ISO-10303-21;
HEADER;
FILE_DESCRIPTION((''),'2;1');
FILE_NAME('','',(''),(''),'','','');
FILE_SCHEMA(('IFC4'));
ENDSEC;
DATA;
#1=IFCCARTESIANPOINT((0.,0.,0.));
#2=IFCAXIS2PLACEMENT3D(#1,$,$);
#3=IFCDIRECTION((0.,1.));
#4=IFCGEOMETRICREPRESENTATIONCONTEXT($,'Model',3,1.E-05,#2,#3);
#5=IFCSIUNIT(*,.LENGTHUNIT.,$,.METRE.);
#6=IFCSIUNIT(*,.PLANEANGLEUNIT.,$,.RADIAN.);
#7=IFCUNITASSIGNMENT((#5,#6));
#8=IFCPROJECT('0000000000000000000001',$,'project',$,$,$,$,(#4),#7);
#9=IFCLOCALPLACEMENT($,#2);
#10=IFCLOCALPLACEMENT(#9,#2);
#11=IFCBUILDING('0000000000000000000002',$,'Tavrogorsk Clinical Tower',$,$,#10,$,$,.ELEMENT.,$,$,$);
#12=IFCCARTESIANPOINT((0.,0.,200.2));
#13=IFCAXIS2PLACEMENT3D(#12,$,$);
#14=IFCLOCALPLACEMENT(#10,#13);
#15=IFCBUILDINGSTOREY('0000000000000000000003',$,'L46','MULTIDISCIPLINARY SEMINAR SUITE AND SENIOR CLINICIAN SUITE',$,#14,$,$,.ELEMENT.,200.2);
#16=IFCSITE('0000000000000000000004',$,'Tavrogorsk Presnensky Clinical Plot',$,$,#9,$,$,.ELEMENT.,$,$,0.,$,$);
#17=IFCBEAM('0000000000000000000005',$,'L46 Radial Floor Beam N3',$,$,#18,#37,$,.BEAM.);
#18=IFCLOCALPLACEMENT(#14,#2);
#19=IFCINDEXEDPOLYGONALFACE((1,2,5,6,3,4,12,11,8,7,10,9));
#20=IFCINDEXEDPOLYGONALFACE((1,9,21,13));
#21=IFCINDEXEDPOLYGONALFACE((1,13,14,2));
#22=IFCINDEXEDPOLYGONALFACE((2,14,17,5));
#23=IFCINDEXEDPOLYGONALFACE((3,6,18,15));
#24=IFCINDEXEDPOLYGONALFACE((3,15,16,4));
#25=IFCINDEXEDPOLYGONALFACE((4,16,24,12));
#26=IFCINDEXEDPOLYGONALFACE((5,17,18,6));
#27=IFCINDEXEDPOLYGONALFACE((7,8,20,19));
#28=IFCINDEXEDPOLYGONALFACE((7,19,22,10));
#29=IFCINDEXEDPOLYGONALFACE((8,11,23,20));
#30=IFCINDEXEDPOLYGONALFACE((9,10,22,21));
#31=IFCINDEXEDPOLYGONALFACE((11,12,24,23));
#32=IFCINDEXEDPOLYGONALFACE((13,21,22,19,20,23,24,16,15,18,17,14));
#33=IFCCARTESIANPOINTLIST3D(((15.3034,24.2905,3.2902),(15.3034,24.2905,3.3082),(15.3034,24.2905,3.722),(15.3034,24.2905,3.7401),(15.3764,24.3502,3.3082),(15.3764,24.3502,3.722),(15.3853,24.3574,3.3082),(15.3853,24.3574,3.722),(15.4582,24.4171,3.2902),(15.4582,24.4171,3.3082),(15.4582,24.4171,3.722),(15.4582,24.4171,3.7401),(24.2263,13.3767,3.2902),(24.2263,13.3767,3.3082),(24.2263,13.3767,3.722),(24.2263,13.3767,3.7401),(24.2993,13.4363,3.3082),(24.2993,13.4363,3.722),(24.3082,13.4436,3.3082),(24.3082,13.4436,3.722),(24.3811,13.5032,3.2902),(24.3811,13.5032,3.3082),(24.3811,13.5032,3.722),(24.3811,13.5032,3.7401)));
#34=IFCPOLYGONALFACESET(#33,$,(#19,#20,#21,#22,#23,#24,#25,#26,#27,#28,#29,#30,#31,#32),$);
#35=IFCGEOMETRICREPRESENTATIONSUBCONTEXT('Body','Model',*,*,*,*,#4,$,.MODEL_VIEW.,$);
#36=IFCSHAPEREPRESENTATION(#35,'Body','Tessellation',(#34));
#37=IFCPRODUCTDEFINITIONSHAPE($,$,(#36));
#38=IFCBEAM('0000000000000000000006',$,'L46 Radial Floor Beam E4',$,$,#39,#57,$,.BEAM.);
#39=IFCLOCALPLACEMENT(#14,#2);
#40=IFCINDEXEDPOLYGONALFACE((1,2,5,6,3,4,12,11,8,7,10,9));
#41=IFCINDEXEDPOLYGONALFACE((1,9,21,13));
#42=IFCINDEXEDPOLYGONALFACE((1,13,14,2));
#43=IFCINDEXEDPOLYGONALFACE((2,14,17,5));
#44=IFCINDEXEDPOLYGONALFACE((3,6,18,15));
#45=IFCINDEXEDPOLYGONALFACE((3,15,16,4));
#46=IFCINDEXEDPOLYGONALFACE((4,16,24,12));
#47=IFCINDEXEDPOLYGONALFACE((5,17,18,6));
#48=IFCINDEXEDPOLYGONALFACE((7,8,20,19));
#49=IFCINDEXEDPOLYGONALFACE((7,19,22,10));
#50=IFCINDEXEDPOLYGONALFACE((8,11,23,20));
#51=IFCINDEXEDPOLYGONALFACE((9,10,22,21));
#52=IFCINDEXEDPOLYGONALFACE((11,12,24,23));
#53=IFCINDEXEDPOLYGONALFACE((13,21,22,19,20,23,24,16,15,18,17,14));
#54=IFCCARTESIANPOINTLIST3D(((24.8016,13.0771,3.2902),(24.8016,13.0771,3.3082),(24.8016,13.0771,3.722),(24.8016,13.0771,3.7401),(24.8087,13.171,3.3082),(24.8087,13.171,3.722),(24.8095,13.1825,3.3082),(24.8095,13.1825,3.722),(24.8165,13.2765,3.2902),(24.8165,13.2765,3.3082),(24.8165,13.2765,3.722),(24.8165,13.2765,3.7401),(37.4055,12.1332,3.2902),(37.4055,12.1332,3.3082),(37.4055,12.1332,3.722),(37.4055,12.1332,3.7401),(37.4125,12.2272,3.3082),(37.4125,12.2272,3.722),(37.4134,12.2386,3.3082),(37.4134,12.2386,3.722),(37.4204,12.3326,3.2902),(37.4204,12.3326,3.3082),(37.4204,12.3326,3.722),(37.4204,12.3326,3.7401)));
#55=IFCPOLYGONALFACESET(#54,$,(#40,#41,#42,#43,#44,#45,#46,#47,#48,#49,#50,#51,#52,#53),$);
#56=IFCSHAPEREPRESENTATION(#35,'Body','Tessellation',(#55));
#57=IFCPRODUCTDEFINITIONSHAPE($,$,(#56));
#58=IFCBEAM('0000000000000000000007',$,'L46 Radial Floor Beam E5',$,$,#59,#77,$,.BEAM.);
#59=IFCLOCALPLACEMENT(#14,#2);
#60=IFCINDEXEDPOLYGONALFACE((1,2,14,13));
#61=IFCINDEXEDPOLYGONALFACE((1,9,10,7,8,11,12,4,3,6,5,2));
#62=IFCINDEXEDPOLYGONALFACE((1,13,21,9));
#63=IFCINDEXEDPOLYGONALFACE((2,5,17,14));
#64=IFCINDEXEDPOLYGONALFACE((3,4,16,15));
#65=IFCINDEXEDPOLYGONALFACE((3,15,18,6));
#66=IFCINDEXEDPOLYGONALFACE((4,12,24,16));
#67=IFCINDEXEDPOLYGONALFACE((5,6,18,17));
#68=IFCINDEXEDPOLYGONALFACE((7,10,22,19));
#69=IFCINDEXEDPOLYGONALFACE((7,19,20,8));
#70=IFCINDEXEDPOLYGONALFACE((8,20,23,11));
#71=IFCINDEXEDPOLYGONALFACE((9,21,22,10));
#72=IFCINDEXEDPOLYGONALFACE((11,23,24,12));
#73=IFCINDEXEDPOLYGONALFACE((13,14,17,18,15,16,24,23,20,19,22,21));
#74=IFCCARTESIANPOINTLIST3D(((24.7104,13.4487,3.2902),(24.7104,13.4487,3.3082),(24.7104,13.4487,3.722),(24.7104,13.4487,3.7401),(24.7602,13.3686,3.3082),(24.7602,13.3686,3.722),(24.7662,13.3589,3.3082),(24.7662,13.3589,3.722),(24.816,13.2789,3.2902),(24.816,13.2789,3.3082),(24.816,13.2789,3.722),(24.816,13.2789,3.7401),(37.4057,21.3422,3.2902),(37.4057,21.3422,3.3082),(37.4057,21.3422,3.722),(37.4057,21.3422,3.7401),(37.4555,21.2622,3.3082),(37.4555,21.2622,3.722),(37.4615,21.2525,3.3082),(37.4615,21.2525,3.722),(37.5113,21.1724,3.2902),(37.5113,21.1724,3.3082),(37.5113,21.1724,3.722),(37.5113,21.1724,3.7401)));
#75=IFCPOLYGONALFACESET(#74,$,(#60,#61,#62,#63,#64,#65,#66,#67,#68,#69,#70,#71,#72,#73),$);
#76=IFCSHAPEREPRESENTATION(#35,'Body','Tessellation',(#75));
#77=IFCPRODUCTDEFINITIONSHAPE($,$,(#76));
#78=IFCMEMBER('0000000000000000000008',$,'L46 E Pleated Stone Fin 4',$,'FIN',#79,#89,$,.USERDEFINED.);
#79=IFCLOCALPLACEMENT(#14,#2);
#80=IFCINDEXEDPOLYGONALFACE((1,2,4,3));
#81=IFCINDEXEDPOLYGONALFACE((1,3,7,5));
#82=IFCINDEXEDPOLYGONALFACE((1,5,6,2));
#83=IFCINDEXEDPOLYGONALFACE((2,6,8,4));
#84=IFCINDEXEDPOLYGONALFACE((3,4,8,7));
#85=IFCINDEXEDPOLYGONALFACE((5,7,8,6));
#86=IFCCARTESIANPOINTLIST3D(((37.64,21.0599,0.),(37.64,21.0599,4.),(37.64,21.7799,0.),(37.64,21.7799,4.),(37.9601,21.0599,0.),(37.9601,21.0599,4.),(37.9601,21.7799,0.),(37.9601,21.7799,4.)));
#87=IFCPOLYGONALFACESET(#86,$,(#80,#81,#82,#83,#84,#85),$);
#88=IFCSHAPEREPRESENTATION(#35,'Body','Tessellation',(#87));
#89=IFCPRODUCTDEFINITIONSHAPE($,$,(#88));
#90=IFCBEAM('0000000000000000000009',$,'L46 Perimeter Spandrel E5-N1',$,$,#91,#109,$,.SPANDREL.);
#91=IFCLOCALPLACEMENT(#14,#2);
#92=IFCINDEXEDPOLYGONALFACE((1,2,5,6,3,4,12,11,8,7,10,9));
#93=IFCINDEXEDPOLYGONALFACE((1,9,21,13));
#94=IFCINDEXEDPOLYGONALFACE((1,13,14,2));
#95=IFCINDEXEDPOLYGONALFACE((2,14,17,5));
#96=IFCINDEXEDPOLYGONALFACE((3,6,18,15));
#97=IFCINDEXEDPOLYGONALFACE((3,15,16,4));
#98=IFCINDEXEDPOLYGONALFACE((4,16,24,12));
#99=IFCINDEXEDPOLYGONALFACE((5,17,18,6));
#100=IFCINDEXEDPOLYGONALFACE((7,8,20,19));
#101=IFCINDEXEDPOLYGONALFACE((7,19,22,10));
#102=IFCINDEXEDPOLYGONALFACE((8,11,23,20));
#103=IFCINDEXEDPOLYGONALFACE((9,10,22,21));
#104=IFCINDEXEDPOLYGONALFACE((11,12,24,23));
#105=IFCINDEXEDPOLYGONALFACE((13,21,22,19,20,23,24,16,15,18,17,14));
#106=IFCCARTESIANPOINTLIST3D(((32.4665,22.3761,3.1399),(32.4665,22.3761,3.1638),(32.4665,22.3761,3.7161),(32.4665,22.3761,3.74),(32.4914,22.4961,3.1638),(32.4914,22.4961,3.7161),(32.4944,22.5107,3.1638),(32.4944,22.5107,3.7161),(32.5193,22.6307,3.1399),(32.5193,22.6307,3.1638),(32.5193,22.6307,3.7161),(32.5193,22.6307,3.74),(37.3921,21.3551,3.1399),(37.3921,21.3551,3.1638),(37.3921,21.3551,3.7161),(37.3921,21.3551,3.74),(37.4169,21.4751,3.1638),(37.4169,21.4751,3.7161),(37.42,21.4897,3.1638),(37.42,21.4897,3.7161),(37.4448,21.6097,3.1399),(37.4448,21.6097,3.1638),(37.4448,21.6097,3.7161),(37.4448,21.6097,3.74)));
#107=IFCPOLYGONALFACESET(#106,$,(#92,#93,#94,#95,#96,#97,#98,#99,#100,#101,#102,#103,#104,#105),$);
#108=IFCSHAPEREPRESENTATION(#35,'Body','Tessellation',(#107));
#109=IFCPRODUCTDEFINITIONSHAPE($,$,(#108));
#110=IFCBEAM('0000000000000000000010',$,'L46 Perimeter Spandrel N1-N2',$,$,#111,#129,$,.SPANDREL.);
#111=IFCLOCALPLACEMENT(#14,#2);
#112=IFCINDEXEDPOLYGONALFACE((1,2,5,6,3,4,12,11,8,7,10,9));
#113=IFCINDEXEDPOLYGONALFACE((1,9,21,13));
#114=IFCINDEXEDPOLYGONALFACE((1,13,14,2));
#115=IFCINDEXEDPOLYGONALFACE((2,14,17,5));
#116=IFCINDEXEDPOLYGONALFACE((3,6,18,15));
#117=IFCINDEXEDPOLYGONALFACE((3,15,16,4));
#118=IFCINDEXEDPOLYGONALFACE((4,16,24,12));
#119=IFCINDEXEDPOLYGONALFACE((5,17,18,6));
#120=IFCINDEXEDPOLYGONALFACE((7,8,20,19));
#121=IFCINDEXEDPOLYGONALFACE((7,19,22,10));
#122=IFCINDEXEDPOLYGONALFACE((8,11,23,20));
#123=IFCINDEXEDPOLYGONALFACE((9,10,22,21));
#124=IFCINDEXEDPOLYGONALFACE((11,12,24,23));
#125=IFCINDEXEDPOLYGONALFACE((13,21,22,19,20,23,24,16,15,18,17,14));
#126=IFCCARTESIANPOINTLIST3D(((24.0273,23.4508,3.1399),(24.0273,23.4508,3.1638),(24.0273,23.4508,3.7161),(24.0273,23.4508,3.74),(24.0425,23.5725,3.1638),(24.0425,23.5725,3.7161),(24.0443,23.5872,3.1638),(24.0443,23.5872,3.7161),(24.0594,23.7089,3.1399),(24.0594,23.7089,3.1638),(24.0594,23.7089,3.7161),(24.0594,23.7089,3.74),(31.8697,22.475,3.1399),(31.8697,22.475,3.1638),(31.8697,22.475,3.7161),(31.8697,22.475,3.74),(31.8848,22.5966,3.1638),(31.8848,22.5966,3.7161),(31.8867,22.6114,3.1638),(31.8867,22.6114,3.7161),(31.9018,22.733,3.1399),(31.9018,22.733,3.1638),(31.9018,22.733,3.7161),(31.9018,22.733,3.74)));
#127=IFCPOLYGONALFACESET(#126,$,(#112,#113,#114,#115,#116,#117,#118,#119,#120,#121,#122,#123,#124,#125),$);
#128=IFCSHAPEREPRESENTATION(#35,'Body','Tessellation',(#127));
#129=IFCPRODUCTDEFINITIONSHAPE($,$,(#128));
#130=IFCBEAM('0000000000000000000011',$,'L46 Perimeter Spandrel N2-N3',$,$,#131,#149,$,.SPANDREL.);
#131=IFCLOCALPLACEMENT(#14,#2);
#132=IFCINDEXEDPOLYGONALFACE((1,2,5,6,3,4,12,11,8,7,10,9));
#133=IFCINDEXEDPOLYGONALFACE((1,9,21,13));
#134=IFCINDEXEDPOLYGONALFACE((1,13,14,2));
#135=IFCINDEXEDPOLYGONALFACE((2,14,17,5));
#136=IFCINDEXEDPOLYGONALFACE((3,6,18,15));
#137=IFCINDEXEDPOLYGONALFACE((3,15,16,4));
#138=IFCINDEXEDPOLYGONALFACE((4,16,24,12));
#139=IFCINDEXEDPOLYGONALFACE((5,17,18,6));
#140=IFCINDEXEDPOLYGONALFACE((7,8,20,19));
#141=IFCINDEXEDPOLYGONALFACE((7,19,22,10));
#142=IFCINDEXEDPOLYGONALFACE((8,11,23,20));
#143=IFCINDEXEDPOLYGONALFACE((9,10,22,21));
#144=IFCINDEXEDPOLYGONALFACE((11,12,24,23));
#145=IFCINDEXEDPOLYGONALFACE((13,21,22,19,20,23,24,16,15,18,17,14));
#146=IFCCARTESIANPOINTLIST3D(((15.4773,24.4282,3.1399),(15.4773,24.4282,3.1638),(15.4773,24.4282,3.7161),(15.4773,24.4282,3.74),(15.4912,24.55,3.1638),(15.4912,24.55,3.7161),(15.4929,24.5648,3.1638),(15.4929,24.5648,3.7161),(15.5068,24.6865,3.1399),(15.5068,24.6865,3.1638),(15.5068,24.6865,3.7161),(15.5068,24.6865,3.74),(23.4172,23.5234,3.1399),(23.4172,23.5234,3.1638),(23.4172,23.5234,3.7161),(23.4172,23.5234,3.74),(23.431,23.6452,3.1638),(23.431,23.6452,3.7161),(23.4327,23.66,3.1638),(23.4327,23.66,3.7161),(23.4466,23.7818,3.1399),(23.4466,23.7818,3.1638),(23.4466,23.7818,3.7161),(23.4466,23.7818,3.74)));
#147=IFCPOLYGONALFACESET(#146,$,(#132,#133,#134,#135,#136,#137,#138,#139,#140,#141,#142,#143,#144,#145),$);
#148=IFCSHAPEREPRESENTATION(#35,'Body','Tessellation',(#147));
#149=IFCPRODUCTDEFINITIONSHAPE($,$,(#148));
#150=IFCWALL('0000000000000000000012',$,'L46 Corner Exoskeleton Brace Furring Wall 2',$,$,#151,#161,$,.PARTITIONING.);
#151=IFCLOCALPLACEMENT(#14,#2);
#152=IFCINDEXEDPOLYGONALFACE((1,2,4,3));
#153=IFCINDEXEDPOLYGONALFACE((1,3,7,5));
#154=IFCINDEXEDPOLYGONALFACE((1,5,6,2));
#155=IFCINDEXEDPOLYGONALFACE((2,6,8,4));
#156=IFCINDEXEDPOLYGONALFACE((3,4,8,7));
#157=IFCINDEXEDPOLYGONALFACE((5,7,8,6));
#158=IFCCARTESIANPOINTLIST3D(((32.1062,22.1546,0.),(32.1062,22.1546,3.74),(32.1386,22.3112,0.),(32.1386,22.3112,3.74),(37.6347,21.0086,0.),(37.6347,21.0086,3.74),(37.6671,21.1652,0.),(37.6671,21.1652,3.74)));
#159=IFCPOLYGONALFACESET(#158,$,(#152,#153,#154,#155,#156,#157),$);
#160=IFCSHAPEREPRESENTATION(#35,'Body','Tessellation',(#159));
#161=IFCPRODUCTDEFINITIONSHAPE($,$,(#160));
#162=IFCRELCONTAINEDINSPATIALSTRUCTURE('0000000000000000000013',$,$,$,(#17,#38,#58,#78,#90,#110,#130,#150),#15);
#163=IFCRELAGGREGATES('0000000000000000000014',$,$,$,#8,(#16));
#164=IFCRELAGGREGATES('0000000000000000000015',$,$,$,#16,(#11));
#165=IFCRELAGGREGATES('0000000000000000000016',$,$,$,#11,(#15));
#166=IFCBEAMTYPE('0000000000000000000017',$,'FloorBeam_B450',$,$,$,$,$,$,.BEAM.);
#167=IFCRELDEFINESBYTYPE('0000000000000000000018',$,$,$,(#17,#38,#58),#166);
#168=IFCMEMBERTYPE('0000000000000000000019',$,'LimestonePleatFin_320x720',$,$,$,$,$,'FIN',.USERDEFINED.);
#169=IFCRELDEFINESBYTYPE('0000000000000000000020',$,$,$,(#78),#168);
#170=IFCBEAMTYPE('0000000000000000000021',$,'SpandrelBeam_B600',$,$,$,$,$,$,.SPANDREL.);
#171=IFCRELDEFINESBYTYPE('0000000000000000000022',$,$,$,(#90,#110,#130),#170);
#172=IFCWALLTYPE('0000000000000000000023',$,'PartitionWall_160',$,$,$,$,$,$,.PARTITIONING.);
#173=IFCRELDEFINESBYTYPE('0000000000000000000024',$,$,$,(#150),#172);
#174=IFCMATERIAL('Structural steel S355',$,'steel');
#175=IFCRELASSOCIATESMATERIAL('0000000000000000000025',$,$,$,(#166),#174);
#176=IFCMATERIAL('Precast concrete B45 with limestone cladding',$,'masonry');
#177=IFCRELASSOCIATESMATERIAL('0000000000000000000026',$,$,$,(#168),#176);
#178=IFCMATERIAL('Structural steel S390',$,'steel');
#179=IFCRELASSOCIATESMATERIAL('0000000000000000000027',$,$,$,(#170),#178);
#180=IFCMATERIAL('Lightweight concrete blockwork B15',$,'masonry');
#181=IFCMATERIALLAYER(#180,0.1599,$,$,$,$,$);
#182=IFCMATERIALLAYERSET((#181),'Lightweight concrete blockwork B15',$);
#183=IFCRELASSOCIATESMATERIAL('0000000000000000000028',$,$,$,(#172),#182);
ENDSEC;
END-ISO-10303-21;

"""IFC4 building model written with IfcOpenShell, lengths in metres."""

from ifc_helpers import new_model, si_unit, direction, frame, frame_2d, origin, origin_2d, place, context, subcontext, project, spatial, rectangle, i_section, extrude, material, layer, layer_set, material_profile, profile_set, type_object, element, save


model = new_model("IFC4")

# Units and contexts
model_context = context("Model", 3, precision=1e-05, world=origin(), true_north=direction((0.0, 1.0)))
body_context = subcontext(model_context, "Body", "Model", "MODEL_VIEW")
ifc_project = project(units=[si_unit("LENGTHUNIT", "METRE"), si_unit("PLANEANGLEUNIT", "RADIAN")], contexts=[model_context])

# Site, building, storey
site_placement = place(None, origin())
site = spatial("IfcSite", under=ifc_project, at=site_placement, Name="Tavrogorsk Presnensky Clinical Plot", CompositionType="ELEMENT", RefElevation=0.0)
building_placement = place(site_placement, origin())
building = spatial("IfcBuilding", under=site, at=building_placement, Name="Tavrogorsk Clinical Tower", CompositionType="ELEMENT")
storey_placement = place(building_placement, frame((0.0, 0.0, 200.2)))
storey = spatial("IfcBuildingStorey", under=building, at=storey_placement, Name="L46", Description="MULTIDISCIPLINARY SEMINAR SUITE AND SENIOR CLINICIAN SUITE", CompositionType="ELEMENT", Elevation=200.2)

# Beams
ifc_material_1 = material(Name="Structural steel S355", Category="steel")
ifc_material_profile_1 = material_profile(ifc_material_1, i_section(OverallWidth=0.2, OverallDepth=0.45, WebThickness=0.0115, FlangeThickness=0.0181, at=origin_2d()), Name="B-450x200x11.5x18")
ifc_profile_set_1 = profile_set([ifc_material_profile_1], Name="Structural steel S355")
beam_type_1 = type_object("IfcBeamType", Name="FloorBeam_B450", PredefinedType="BEAM", material=ifc_profile_set_1)
beam_1_placement = place(storey_placement, frame((24.3037, 13.4399, 3.5151), z_axis=(-0.632956, 0.774188, 0.0), x_axis=(-0.774188, -0.632956, 0.0)))
element("IfcBeam", 1, at=beam_1_placement, inside=storey, type_object=beam_type_1, Name="L46 Radial Floor Beam N3", PredefinedType="BEAM", context=body_context, shape_type="SweptSolid", body=[
    extrude(i_section(OverallWidth=0.2, OverallDepth=0.45, WebThickness=0.0115, FlangeThickness=0.0181, at=origin_2d()), origin(), (0.0, 0.0, 1.0), 14.0972),
])
beam_2_placement = place(storey_placement, frame((24.8091, 13.1768, 3.5151), z_axis=(0.997208, -0.074677, 0.0), x_axis=(0.074677, 0.997208, 0.0)))
element("IfcBeam", 2, at=beam_2_placement, inside=storey, type_object=beam_type_1, Name="L46 Radial Floor Beam E4", PredefinedType="BEAM", context=body_context, shape_type="SweptSolid", body=[
    extrude(i_section(OverallWidth=0.2, OverallDepth=0.45, WebThickness=0.0115, FlangeThickness=0.0181, at=origin_2d()), origin(), (0.0, 0.0, 1.0), 12.6392),
])
beam_3_placement = place(storey_placement, frame((24.7632, 13.3638, 3.5151), z_axis=(0.849229, 0.528025, 0.0), x_axis=(-0.528025, 0.849229, 0.0)))
element("IfcBeam", 3, at=beam_3_placement, inside=storey, type_object=beam_type_1, Name="L46 Radial Floor Beam E5", PredefinedType="BEAM", context=body_context, shape_type="SweptSolid", body=[
    extrude(i_section(OverallWidth=0.2, OverallDepth=0.45, WebThickness=0.0115, FlangeThickness=0.0181, at=origin_2d()), origin(), (0.0, 0.0, 1.0), 14.9492),
])

# Member
ifc_material_2 = material(Name="Precast concrete B45 with limestone cladding", Category="masonry")
ifc_material_profile_2 = material_profile(ifc_material_2, rectangle(XDim=0.3201, YDim=0.72, at=origin_2d()), Name="LIMESTONE-FIN-320x720")
ifc_profile_set_2 = profile_set([ifc_material_profile_2], Name="Precast concrete B45 with limestone cladding")
member_type_1 = type_object("IfcMemberType", Name="LimestonePleatFin_320x720", ElementType="FIN", PredefinedType="USERDEFINED", material=ifc_profile_set_2)
member_1_placement = place(storey_placement, frame((37.8, 21.4199, 0.0), z_axis=(0.0, 0.0, 1.0), x_axis=(1.0, 0.0, 0.0)))
element("IfcMember", 4, at=member_1_placement, inside=storey, type_object=member_type_1, Name="L46 E Pleated Stone Fin 4", ObjectType="FIN", PredefinedType="USERDEFINED", context=body_context, shape_type="SweptSolid", body=[
    extrude(rectangle(XDim=0.3201, YDim=0.72, at=origin_2d()), origin(), (0.0, 0.0, 1.0), 4.0),
])

# Beams
ifc_material_3 = material(Name="Structural steel S390", Category="steel")
ifc_material_profile_3 = material_profile(ifc_material_3, i_section(OverallWidth=0.26, OverallDepth=0.6001, WebThickness=0.0149, FlangeThickness=0.0239, at=origin_2d()), Name="B-600x260x15x24")
ifc_profile_set_3 = profile_set([ifc_material_profile_3], Name="Structural steel S390")
beam_type_2 = type_object("IfcBeamType", Name="SpandrelBeam_B600", PredefinedType="SPANDREL", material=ifc_profile_set_3)
beam_4_placement = place(storey_placement, frame((37.4185, 21.4824, 3.4399), z_axis=(-0.979185, 0.202972, 0.0), x_axis=(-0.202972, -0.979185, 0.0)))
element("IfcBeam", 5, at=beam_4_placement, inside=storey, type_object=beam_type_2, Name="L46 Perimeter Spandrel E5-N1", PredefinedType="SPANDREL", context=body_context, shape_type="SweptSolid", body=[
    extrude(i_section(OverallWidth=0.26, OverallDepth=0.6001, WebThickness=0.0149, FlangeThickness=0.0239, at=origin_2d()), origin(), (0.0, 0.0, 1.0), 5.0303),
])
beam_5_placement = place(storey_placement, frame((31.8857, 22.604, 3.4399), z_axis=(-0.992347, 0.12348, 0.0), x_axis=(-0.12348, -0.992347, 0.0)))
element("IfcBeam", 6, at=beam_5_placement, inside=storey, type_object=beam_type_2, Name="L46 Perimeter Spandrel N1-N2", PredefinedType="SPANDREL", context=body_context, shape_type="SweptSolid", body=[
    extrude(i_section(OverallWidth=0.26, OverallDepth=0.6001, WebThickness=0.0149, FlangeThickness=0.0239, at=origin_2d()), origin(), (0.0, 0.0, 1.0), 7.9028),
])
beam_6_placement = place(storey_placement, frame((23.4319, 23.6526, 3.4399), z_axis=(-0.99357, 0.113221, 0.0), x_axis=(-0.113221, -0.99357, 0.0)))
element("IfcBeam", 7, at=beam_6_placement, inside=storey, type_object=beam_type_2, Name="L46 Perimeter Spandrel N2-N3", PredefinedType="SPANDREL", context=body_context, shape_type="SweptSolid", body=[
    extrude(i_section(OverallWidth=0.26, OverallDepth=0.6001, WebThickness=0.0149, FlangeThickness=0.0239, at=origin_2d()), origin(), (0.0, 0.0, 1.0), 7.9912),
])

# Wall
ifc_material_4 = material(Name="Lightweight concrete blockwork B15", Category="masonry")
ifc_layer_1 = layer(ifc_material_4, 0.1599)
ifc_layer_set_1 = layer_set([ifc_layer_1], Name="Lightweight concrete blockwork B15")
wall_type_1 = type_object("IfcWallType", Name="PartitionWall_160", PredefinedType="PARTITIONING", material=ifc_layer_set_1)
wall_1_placement = place(storey_placement, frame((37.6509, 21.0869, 0.0), z_axis=(0.0, 0.0, 1.0), x_axis=(-0.979185, 0.202972, 0.0)))
element("IfcWall", 8, at=wall_1_placement, inside=storey, type_object=wall_type_1, Name="L46 Corner Exoskeleton Brace Furring Wall 2", PredefinedType="PARTITIONING", context=body_context, shape_type="SweptSolid", body=[
    extrude(rectangle(XDim=5.646, YDim=0.1599, at=frame_2d((2.823, 0.0))), origin(), (0.0, 0.0, 1.0), 3.74),
])

save(model, "model.ifc")
